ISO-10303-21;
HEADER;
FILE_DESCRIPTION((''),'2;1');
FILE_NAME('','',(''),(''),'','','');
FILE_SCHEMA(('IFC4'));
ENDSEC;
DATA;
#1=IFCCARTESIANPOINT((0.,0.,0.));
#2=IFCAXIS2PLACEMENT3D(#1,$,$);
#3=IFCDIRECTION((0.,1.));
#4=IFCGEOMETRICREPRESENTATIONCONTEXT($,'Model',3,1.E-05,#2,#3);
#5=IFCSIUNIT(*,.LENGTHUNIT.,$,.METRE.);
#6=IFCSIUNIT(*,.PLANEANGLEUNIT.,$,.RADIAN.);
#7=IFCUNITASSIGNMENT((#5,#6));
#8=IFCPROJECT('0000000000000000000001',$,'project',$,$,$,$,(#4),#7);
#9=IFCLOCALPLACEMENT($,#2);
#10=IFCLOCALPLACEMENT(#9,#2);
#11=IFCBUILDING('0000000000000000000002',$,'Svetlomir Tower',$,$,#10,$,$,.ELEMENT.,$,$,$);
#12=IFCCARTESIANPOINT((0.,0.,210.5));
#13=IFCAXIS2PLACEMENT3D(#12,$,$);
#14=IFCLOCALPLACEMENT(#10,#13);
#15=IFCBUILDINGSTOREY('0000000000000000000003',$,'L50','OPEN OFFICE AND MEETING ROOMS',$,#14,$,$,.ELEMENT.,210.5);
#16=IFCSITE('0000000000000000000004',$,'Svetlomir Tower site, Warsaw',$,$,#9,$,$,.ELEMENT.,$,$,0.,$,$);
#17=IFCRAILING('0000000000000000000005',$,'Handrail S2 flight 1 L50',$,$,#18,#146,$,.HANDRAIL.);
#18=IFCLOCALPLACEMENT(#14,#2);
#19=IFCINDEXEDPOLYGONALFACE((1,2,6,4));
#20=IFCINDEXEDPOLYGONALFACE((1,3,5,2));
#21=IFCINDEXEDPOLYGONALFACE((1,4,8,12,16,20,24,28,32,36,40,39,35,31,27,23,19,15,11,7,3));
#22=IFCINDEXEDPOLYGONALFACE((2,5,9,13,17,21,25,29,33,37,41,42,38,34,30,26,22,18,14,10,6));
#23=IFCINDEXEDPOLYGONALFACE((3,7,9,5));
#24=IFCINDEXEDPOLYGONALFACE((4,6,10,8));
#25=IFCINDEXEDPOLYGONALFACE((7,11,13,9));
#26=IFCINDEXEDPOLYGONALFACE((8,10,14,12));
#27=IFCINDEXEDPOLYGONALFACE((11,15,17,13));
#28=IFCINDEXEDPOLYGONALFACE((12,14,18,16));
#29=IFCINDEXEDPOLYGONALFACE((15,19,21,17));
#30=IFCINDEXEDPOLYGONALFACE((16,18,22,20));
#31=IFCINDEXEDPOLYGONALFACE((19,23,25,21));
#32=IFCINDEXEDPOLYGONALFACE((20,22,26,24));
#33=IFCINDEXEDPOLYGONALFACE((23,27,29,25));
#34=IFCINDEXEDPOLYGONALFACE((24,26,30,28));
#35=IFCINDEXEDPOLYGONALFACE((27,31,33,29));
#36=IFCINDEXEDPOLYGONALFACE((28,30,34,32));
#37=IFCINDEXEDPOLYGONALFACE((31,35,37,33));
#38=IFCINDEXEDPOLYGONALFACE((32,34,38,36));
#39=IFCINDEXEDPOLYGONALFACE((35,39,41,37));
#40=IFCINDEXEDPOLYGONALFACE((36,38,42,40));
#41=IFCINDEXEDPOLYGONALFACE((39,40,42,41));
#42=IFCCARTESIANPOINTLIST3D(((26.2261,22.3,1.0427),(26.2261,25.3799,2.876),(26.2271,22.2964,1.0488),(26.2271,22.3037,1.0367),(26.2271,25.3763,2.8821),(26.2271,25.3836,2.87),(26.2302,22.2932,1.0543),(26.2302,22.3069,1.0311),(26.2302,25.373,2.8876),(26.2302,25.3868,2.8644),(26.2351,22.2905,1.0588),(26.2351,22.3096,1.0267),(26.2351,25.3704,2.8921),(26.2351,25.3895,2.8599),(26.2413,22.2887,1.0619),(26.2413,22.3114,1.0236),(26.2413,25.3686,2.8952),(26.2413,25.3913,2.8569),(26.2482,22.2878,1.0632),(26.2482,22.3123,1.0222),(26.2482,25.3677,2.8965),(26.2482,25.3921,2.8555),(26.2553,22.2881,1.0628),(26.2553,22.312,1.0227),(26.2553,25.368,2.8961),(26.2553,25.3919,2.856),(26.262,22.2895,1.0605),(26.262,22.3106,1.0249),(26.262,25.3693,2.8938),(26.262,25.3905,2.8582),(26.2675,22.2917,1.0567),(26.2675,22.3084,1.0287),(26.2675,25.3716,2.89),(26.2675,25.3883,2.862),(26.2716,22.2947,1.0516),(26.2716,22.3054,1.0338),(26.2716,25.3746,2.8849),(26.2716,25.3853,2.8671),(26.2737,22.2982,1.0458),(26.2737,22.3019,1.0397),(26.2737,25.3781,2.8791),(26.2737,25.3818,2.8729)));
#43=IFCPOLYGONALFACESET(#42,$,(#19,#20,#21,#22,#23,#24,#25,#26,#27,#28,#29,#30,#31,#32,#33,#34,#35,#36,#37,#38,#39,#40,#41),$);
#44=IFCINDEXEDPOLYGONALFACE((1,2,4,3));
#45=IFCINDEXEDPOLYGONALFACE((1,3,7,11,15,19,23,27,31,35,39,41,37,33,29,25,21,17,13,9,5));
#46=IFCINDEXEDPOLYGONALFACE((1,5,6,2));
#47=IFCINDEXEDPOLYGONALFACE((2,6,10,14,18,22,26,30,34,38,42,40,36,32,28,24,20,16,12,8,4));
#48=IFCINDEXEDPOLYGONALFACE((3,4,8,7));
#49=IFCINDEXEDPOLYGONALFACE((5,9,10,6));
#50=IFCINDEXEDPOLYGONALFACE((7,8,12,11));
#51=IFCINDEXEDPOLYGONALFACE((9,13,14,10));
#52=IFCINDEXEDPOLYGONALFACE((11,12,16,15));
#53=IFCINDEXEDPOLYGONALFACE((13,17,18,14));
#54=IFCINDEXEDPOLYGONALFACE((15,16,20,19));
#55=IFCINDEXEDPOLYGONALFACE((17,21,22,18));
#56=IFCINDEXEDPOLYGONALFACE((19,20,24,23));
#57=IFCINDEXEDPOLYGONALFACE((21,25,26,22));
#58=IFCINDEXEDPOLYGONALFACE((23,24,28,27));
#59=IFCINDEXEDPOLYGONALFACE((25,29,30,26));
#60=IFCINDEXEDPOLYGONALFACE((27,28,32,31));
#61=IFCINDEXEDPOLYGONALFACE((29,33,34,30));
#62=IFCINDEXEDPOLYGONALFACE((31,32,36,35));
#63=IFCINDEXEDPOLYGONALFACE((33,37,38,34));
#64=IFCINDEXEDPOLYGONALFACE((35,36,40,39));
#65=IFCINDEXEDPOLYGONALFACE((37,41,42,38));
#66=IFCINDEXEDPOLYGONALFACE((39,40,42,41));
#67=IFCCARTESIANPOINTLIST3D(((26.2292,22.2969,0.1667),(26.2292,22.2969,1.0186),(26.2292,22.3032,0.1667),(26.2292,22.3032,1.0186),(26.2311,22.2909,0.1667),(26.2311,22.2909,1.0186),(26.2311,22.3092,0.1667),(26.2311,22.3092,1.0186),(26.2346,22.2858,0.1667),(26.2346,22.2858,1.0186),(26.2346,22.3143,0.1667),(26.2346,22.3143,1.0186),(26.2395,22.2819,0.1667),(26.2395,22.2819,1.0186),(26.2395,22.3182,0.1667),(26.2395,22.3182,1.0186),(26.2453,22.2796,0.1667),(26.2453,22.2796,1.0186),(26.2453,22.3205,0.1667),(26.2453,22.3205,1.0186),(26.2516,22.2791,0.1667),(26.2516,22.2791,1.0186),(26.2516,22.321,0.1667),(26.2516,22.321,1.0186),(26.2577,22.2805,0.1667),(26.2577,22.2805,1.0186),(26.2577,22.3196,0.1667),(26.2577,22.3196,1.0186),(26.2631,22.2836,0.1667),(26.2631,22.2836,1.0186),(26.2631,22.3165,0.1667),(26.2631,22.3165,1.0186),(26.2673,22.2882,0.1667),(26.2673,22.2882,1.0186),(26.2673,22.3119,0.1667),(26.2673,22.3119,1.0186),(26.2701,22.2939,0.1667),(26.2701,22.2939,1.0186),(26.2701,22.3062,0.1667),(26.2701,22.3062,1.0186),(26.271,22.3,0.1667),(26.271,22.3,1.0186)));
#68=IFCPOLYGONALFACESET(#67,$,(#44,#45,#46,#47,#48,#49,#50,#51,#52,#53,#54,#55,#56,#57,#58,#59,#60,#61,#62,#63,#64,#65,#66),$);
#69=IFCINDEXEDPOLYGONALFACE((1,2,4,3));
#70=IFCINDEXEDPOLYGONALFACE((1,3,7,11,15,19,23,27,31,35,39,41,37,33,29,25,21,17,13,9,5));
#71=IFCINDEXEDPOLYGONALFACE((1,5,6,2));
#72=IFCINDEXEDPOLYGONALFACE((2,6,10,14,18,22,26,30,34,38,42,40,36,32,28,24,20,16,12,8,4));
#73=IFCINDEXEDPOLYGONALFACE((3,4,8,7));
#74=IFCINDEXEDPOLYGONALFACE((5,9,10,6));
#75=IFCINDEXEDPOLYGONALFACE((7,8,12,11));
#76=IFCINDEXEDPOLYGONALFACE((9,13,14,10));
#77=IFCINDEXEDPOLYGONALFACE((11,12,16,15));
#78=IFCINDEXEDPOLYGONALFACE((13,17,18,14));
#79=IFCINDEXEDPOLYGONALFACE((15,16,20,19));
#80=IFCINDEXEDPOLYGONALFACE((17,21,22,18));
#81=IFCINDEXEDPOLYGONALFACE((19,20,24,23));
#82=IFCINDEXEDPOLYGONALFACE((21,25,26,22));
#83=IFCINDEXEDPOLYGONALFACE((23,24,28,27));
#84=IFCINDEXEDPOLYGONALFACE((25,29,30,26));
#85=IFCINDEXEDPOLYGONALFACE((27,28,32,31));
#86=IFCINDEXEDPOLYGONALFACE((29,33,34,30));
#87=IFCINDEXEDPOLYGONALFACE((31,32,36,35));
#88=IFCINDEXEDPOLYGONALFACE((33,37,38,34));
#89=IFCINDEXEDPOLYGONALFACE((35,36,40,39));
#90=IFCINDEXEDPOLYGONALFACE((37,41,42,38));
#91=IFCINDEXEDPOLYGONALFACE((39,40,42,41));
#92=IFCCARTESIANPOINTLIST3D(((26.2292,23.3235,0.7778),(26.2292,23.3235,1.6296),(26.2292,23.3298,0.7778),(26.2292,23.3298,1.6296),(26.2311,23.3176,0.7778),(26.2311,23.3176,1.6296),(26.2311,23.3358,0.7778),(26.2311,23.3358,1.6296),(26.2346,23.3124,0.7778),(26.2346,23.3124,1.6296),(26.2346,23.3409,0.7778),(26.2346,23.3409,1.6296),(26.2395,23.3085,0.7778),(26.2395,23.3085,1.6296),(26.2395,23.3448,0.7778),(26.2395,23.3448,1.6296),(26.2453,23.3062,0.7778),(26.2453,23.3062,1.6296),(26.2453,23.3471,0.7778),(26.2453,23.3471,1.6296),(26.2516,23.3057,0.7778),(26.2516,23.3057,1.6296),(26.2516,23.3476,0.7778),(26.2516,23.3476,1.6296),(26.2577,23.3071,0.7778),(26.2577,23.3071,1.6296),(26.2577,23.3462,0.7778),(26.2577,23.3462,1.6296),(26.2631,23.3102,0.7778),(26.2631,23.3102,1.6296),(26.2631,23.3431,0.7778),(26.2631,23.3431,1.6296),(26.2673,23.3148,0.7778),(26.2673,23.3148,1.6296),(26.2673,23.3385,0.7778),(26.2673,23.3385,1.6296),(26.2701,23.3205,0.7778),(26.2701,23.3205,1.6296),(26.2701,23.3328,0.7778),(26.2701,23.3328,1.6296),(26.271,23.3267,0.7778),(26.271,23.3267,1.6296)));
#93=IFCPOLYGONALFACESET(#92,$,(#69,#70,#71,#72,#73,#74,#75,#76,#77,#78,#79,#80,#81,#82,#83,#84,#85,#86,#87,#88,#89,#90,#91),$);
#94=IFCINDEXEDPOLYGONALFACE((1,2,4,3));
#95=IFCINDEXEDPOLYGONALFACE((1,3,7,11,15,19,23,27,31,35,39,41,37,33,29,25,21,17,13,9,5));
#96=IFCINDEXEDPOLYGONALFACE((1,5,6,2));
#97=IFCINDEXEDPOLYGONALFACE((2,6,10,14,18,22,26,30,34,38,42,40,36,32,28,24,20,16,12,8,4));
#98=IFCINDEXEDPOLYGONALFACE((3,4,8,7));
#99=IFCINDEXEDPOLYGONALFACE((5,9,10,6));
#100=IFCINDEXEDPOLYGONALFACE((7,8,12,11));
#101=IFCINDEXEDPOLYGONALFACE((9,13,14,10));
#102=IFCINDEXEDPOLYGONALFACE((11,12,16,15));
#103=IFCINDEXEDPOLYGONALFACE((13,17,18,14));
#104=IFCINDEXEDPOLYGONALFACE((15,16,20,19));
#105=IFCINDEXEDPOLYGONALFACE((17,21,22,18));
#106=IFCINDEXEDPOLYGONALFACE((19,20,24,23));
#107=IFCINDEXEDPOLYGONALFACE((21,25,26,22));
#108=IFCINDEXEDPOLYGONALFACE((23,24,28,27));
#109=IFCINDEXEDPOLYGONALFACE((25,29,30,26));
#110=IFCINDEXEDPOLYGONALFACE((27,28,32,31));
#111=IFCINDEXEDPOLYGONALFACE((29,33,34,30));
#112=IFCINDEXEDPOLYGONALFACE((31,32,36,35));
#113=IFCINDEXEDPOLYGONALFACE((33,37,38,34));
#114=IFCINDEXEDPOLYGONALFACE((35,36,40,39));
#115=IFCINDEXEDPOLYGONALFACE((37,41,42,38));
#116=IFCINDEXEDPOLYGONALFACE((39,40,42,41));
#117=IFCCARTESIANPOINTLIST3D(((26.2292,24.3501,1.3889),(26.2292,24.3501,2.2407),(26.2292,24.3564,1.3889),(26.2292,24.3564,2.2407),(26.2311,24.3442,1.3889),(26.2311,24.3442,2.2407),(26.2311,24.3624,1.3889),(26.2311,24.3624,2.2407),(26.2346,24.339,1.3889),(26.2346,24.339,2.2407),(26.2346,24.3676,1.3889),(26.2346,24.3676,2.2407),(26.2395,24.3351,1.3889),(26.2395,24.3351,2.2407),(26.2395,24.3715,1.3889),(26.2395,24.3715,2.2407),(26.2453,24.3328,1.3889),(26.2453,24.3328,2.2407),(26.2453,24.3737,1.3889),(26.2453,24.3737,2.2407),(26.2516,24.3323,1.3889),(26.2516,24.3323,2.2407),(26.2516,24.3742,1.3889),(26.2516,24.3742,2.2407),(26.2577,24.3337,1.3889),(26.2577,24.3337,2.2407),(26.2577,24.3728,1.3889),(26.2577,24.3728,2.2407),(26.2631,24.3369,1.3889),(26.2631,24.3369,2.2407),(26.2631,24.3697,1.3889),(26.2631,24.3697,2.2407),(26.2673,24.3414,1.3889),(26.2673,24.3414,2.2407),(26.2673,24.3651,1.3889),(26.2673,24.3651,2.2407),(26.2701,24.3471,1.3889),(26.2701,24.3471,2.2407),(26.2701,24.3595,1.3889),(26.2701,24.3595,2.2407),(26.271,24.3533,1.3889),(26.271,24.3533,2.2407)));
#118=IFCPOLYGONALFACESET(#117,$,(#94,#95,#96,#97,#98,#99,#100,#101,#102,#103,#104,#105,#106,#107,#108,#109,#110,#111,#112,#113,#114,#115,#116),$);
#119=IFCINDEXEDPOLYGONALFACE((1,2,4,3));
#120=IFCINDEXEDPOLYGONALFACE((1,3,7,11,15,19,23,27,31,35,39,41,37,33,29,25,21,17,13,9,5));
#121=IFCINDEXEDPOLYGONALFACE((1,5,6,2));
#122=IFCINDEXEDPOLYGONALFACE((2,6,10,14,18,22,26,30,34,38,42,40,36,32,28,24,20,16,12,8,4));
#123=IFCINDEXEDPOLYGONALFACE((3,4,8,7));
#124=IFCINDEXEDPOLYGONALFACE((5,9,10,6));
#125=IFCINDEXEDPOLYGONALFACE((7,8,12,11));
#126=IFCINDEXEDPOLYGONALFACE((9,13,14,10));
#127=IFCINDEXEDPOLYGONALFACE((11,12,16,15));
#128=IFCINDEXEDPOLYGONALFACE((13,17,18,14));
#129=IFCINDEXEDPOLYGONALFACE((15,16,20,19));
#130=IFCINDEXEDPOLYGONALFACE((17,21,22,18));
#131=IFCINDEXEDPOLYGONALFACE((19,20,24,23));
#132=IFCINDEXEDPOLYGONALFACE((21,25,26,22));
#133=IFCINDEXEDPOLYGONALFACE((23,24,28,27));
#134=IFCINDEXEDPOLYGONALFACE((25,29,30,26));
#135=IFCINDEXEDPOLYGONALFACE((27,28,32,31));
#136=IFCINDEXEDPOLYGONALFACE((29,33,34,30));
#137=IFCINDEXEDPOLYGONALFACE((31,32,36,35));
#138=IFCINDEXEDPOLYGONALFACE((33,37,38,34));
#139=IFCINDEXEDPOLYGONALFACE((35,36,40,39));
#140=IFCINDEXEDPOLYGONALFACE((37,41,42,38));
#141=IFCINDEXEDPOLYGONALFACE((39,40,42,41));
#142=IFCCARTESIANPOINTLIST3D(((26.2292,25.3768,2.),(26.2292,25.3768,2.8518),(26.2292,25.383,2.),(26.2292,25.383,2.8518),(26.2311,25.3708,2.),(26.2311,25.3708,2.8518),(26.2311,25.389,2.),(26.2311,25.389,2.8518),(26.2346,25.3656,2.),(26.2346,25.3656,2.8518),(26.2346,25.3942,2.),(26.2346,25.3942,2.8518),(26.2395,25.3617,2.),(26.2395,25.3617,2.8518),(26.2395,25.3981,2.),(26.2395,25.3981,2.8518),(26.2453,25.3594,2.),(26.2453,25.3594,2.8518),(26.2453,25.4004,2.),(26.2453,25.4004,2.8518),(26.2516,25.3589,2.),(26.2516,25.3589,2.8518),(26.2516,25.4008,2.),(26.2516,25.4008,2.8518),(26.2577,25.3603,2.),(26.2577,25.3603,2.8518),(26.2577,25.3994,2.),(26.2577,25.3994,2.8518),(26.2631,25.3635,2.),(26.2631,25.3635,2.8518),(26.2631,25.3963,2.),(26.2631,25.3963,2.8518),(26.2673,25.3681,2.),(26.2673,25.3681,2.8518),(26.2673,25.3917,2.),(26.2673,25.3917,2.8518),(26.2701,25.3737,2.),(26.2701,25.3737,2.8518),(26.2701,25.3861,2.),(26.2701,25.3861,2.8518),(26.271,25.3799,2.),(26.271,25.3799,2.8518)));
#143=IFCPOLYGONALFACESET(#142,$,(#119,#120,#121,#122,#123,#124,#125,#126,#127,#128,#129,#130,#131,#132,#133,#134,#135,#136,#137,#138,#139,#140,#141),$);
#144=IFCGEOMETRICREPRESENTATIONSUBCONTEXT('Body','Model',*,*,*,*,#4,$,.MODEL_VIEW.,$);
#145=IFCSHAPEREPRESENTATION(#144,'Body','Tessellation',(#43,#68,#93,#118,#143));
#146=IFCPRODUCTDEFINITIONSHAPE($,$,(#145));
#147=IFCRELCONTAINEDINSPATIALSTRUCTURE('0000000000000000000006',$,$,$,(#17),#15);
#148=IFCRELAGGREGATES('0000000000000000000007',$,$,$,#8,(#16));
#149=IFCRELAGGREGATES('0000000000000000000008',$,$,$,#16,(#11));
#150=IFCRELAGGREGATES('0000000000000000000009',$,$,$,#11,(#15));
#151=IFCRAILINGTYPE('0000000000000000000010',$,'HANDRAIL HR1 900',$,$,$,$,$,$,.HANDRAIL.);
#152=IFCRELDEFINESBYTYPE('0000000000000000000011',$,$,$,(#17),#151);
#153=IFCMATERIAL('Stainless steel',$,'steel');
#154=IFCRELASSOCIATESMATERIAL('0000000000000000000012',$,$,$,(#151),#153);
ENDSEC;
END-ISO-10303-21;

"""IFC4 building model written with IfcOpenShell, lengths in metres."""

from ifc_helpers import new_model, si_unit, direction, frame, origin, origin_2d, place, context, subcontext, project, spatial, circle, extrude, material, type_object, element, save


model = new_model("IFC4")

# Units and contexts
model_context = context("Model", 3, precision=1e-05, world=origin(), true_north=direction((0.0, 1.0)))
body_context = subcontext(model_context, "Body", "Model", "MODEL_VIEW")
ifc_project = project(units=[si_unit("LENGTHUNIT", "METRE"), si_unit("PLANEANGLEUNIT", "RADIAN")], contexts=[model_context])

# Site, building, storey
site_placement = place(None, origin())
site = spatial("IfcSite", under=ifc_project, at=site_placement, Name="Svetlomir Tower site, Warsaw", CompositionType="ELEMENT", RefElevation=0.0)
building_placement = place(site_placement, origin())
building = spatial("IfcBuilding", under=site, at=building_placement, Name="Svetlomir Tower", CompositionType="ELEMENT")
storey_placement = place(building_placement, frame((0.0, 0.0, 210.5)))
storey = spatial("IfcBuildingStorey", under=building, at=storey_placement, Name="L50", Description="OPEN OFFICE AND MEETING ROOMS", CompositionType="ELEMENT", Elevation=210.5)

# Railing
ifc_material_1 = material(Name="Stainless steel", Category="steel")
railing_type = type_object("IfcRailingType", Name="HANDRAIL HR1 900", PredefinedType="HANDRAIL", material=ifc_material_1)
railing_1_placement = place(storey_placement, frame((26.25, 22.3, 0.1667)))
element("IfcRailing", 1, at=railing_1_placement, inside=storey, type_object=railing_type, Name="Handrail S2 flight 1 L50", PredefinedType="HANDRAIL", context=body_context, shape_type="SweptSolid", body=[
    extrude(circle(Radius=0.0239, at=origin_2d()), frame((0.0, 0.0, 0.876), z_axis=(0.0, 0.859291, 0.511487), x_axis=(-1.0, 0.0, 0.0)), (0.0, 0.0, 1.0), 3.5842),
    extrude(circle(Radius=0.021, at=origin_2d()), origin(), (0.0, 0.0, 1.0), 0.8518),
    extrude(circle(Radius=0.021, at=origin_2d()), frame((0.0, 1.0266, 0.6111)), (0.0, 0.0, 1.0), 0.8518),
    extrude(circle(Radius=0.021, at=origin_2d()), frame((0.0, 2.0532, 1.2222)), (0.0, 0.0, 1.0), 0.8518),
    extrude(circle(Radius=0.021, at=origin_2d()), frame((0.0, 3.0798, 1.8333)), (0.0, 0.0, 1.0), 0.8518),
])

save(model, "model.ifc")
